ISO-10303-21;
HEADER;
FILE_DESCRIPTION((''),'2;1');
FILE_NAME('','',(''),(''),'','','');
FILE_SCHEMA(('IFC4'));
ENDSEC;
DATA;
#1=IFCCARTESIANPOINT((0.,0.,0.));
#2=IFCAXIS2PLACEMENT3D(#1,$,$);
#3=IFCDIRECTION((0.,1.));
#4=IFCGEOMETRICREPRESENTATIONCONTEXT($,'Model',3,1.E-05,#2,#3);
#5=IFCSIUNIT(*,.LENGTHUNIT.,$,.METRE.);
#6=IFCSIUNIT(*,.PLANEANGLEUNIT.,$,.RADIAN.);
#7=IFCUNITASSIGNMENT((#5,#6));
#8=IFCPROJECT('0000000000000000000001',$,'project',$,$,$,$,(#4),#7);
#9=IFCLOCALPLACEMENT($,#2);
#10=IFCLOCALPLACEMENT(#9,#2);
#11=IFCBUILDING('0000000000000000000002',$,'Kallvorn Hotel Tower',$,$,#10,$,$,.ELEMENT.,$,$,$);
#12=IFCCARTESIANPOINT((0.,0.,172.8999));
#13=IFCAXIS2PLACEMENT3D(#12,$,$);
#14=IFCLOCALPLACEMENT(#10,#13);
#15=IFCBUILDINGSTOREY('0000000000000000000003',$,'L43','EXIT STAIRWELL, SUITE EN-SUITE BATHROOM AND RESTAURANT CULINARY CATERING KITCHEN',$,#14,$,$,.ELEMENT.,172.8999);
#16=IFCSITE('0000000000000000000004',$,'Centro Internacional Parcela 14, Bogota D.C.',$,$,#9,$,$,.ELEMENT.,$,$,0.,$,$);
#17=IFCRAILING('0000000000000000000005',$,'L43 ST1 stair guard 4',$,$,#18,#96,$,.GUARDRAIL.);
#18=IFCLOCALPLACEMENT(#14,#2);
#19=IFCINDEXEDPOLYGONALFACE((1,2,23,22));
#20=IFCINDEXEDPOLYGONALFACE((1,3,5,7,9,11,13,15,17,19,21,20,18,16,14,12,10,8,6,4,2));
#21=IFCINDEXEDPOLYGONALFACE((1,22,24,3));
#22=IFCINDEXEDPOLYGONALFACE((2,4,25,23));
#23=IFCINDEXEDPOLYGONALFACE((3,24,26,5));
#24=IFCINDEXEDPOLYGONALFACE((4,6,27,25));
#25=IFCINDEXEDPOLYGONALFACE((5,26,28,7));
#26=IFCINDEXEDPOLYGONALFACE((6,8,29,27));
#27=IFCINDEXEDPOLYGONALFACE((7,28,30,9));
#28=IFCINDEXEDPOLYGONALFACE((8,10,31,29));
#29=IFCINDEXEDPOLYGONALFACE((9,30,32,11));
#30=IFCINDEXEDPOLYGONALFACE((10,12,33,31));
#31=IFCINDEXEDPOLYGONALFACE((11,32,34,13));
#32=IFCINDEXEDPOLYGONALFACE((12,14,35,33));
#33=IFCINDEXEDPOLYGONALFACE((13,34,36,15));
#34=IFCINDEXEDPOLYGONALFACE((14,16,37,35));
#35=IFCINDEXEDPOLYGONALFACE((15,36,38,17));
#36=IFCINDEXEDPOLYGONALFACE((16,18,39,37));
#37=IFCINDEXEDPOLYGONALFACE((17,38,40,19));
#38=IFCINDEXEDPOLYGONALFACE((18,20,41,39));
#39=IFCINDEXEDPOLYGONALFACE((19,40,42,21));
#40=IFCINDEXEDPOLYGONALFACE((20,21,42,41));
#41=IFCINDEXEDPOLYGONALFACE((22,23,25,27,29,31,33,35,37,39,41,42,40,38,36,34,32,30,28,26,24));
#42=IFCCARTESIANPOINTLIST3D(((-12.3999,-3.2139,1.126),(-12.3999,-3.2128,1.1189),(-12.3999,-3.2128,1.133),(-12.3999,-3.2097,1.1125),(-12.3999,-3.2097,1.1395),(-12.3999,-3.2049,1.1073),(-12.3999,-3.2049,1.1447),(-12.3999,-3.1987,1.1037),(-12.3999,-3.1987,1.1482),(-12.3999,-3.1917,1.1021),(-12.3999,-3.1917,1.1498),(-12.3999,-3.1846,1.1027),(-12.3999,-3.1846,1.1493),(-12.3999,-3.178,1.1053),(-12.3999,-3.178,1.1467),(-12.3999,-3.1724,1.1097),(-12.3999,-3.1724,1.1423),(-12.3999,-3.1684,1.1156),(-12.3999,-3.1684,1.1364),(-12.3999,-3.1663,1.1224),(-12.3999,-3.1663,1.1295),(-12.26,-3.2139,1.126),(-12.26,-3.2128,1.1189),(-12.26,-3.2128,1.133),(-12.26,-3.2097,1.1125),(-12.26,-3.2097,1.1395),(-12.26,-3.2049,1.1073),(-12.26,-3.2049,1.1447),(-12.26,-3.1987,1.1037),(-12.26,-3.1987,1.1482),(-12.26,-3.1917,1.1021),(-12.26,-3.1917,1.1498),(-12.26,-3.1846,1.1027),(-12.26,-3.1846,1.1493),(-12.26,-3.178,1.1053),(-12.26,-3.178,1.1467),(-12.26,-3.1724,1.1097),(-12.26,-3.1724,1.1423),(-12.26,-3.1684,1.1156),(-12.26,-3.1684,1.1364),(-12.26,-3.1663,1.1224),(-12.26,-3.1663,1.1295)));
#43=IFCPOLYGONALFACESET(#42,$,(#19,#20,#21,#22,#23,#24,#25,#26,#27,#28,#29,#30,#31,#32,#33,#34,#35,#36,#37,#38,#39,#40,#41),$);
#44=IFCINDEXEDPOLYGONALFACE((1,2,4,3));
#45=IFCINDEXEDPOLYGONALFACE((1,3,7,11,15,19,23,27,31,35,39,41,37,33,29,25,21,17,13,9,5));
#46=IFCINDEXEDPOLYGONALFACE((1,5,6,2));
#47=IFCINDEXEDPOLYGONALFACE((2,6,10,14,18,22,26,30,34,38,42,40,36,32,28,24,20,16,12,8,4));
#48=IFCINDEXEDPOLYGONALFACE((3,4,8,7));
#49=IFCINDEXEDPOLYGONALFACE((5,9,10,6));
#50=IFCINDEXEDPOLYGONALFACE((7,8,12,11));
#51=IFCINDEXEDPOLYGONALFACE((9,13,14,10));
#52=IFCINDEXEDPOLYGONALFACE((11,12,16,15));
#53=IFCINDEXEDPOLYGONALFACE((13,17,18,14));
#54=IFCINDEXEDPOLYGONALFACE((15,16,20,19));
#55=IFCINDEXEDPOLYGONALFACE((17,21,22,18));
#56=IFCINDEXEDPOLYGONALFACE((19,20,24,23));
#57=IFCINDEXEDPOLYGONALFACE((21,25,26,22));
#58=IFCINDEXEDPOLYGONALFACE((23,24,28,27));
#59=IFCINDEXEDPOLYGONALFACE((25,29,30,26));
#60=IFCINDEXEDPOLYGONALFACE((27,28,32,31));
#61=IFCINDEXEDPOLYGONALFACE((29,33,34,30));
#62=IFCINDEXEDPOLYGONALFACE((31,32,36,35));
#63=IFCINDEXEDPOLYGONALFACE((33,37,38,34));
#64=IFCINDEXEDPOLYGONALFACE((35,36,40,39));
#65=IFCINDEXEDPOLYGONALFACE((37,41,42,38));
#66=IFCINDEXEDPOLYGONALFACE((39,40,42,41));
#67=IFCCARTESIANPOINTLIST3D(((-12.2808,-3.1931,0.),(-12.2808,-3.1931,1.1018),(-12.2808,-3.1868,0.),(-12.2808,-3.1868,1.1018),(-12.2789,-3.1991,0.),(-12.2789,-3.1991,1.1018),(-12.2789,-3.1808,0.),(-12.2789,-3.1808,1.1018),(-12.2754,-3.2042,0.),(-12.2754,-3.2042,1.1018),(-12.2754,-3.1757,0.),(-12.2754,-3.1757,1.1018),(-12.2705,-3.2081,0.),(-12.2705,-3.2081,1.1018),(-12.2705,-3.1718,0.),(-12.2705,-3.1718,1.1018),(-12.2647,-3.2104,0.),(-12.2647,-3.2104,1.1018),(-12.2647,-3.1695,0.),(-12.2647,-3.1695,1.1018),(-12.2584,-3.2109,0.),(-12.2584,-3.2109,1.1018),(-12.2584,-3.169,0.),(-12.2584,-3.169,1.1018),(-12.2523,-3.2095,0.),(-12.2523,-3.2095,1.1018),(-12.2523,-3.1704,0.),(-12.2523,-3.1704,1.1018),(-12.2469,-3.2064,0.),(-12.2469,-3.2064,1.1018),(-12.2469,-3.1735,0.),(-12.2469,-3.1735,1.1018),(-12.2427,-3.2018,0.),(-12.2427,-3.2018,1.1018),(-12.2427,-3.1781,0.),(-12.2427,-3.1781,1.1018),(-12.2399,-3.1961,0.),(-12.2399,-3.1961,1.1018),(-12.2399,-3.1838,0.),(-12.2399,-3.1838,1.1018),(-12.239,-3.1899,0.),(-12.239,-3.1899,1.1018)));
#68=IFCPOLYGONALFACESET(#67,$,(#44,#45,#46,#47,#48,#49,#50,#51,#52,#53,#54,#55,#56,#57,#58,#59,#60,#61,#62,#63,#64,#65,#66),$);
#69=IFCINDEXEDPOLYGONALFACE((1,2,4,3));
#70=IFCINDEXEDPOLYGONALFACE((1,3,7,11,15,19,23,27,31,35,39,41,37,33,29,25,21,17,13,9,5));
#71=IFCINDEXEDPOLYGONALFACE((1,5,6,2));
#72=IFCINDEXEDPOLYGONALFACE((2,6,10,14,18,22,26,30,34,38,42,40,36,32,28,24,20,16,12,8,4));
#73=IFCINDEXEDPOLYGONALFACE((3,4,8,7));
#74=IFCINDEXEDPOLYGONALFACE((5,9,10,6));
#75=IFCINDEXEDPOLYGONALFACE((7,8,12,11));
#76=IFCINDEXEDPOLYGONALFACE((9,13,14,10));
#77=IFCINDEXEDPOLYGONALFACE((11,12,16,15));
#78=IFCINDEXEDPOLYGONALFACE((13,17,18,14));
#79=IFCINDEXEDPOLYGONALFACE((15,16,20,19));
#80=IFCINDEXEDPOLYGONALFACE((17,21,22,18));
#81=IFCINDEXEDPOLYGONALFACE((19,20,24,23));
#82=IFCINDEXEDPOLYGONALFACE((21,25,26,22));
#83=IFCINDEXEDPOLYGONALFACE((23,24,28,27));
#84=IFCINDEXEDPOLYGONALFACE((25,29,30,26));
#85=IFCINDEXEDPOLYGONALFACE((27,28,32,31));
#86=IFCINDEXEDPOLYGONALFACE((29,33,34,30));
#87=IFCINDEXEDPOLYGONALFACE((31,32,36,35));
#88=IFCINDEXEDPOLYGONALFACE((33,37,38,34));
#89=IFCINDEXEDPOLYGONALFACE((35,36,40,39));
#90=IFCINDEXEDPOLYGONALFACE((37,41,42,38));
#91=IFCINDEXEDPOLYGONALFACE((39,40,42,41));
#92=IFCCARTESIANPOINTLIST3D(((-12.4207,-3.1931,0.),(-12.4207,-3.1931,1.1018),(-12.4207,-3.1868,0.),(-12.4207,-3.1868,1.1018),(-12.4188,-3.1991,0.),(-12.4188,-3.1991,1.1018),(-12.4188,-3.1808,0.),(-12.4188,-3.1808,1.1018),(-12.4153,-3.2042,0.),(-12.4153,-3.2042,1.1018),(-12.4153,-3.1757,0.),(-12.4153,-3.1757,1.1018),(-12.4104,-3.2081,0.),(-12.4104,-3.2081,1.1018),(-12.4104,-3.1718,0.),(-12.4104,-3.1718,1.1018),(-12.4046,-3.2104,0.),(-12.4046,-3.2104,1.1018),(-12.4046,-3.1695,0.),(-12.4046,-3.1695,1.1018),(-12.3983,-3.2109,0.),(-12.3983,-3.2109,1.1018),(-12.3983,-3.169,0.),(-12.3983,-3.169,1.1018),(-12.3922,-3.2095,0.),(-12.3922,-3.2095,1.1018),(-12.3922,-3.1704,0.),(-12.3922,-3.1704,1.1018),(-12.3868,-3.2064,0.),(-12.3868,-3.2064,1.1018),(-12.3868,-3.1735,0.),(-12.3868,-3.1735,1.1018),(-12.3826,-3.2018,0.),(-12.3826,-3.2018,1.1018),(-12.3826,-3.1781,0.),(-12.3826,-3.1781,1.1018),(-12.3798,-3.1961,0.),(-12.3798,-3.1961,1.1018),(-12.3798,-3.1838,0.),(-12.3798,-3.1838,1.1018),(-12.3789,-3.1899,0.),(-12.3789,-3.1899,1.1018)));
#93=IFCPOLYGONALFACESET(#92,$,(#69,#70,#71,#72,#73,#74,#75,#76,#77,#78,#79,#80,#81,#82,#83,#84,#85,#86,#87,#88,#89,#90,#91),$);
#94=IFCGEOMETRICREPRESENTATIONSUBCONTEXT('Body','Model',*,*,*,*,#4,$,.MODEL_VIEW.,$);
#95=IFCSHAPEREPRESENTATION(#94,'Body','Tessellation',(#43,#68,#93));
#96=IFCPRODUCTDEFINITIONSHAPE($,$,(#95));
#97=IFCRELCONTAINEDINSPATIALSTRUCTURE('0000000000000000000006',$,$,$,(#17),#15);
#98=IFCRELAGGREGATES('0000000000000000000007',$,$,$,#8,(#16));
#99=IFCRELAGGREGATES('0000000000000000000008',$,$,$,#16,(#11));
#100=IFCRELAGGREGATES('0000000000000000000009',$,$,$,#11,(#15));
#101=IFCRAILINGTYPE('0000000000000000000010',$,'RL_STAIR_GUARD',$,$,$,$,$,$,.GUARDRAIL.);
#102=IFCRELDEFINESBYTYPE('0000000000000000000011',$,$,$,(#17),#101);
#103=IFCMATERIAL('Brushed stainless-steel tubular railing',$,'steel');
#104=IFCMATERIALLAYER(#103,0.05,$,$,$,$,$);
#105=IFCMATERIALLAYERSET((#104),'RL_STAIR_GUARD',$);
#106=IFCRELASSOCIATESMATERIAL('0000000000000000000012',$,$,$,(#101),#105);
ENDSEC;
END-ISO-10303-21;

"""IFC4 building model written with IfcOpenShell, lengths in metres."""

from ifc_helpers import new_model, si_unit, direction, frame, origin, origin_2d, place, context, subcontext, project, spatial, circle, extrude, material, layer, layer_set, type_object, element, save


model = new_model("IFC4")

# Units and contexts
model_context = context("Model", 3, precision=1e-05, world=origin(), true_north=direction((0.0, 1.0)))
body_context = subcontext(model_context, "Body", "Model", "MODEL_VIEW")
ifc_project = project(units=[si_unit("LENGTHUNIT", "METRE"), si_unit("PLANEANGLEUNIT", "RADIAN")], contexts=[model_context])

# Site, building, storey
site_placement = place(None, origin())
site = spatial("IfcSite", under=ifc_project, at=site_placement, Name="Centro Internacional Parcela 14, Bogota D.C.", CompositionType="ELEMENT", RefElevation=0.0)
building_placement = place(site_placement, origin())
building = spatial("IfcBuilding", under=site, at=building_placement, Name="Kallvorn Hotel Tower", CompositionType="ELEMENT")
storey_placement = place(building_placement, frame((0.0, 0.0, 172.8999)))
storey = spatial("IfcBuildingStorey", under=building, at=storey_placement, Name="L43", Description="EXIT STAIRWELL, SUITE EN-SUITE BATHROOM AND RESTAURANT CULINARY CATERING KITCHEN", CompositionType="ELEMENT", Elevation=172.8999)

# Railing
ifc_material_1 = material(Name="Brushed stainless-steel tubular railing", Category="steel")
ifc_layer_1 = layer(ifc_material_1, 0.05)
ifc_layer_set_1 = layer_set([ifc_layer_1], Name="RL_STAIR_GUARD")
railing_type = type_object("IfcRailingType", Name="RL_STAIR_GUARD", PredefinedType="GUARDRAIL", material=ifc_layer_set_1)
railing_placement = place(storey_placement, frame((-12.26, -3.1899, 0.0)))
element("IfcRailing", 1, at=railing_placement, inside=storey, type_object=railing_type, Name="L43 ST1 stair guard 4", PredefinedType="GUARDRAIL", context=body_context, shape_type="SweptSolid", body=[
    extrude(circle(Radius=0.0239, at=origin_2d()), frame((0.0, 0.0, 1.126), z_axis=(-1.0, 0.0, 0.0), x_axis=(0.0, -1.0, 0.0)), (0.0, 0.0, 1.0), 0.1399),
    extrude(circle(Radius=0.021, at=origin_2d()), origin(), (0.0, 0.0, 1.0), 1.1018),
    extrude(circle(Radius=0.021, at=origin_2d()), frame((-0.1399, 0.0, 0.0)), (0.0, 0.0, 1.0), 1.1018),
])

save(model, "model.ifc")
